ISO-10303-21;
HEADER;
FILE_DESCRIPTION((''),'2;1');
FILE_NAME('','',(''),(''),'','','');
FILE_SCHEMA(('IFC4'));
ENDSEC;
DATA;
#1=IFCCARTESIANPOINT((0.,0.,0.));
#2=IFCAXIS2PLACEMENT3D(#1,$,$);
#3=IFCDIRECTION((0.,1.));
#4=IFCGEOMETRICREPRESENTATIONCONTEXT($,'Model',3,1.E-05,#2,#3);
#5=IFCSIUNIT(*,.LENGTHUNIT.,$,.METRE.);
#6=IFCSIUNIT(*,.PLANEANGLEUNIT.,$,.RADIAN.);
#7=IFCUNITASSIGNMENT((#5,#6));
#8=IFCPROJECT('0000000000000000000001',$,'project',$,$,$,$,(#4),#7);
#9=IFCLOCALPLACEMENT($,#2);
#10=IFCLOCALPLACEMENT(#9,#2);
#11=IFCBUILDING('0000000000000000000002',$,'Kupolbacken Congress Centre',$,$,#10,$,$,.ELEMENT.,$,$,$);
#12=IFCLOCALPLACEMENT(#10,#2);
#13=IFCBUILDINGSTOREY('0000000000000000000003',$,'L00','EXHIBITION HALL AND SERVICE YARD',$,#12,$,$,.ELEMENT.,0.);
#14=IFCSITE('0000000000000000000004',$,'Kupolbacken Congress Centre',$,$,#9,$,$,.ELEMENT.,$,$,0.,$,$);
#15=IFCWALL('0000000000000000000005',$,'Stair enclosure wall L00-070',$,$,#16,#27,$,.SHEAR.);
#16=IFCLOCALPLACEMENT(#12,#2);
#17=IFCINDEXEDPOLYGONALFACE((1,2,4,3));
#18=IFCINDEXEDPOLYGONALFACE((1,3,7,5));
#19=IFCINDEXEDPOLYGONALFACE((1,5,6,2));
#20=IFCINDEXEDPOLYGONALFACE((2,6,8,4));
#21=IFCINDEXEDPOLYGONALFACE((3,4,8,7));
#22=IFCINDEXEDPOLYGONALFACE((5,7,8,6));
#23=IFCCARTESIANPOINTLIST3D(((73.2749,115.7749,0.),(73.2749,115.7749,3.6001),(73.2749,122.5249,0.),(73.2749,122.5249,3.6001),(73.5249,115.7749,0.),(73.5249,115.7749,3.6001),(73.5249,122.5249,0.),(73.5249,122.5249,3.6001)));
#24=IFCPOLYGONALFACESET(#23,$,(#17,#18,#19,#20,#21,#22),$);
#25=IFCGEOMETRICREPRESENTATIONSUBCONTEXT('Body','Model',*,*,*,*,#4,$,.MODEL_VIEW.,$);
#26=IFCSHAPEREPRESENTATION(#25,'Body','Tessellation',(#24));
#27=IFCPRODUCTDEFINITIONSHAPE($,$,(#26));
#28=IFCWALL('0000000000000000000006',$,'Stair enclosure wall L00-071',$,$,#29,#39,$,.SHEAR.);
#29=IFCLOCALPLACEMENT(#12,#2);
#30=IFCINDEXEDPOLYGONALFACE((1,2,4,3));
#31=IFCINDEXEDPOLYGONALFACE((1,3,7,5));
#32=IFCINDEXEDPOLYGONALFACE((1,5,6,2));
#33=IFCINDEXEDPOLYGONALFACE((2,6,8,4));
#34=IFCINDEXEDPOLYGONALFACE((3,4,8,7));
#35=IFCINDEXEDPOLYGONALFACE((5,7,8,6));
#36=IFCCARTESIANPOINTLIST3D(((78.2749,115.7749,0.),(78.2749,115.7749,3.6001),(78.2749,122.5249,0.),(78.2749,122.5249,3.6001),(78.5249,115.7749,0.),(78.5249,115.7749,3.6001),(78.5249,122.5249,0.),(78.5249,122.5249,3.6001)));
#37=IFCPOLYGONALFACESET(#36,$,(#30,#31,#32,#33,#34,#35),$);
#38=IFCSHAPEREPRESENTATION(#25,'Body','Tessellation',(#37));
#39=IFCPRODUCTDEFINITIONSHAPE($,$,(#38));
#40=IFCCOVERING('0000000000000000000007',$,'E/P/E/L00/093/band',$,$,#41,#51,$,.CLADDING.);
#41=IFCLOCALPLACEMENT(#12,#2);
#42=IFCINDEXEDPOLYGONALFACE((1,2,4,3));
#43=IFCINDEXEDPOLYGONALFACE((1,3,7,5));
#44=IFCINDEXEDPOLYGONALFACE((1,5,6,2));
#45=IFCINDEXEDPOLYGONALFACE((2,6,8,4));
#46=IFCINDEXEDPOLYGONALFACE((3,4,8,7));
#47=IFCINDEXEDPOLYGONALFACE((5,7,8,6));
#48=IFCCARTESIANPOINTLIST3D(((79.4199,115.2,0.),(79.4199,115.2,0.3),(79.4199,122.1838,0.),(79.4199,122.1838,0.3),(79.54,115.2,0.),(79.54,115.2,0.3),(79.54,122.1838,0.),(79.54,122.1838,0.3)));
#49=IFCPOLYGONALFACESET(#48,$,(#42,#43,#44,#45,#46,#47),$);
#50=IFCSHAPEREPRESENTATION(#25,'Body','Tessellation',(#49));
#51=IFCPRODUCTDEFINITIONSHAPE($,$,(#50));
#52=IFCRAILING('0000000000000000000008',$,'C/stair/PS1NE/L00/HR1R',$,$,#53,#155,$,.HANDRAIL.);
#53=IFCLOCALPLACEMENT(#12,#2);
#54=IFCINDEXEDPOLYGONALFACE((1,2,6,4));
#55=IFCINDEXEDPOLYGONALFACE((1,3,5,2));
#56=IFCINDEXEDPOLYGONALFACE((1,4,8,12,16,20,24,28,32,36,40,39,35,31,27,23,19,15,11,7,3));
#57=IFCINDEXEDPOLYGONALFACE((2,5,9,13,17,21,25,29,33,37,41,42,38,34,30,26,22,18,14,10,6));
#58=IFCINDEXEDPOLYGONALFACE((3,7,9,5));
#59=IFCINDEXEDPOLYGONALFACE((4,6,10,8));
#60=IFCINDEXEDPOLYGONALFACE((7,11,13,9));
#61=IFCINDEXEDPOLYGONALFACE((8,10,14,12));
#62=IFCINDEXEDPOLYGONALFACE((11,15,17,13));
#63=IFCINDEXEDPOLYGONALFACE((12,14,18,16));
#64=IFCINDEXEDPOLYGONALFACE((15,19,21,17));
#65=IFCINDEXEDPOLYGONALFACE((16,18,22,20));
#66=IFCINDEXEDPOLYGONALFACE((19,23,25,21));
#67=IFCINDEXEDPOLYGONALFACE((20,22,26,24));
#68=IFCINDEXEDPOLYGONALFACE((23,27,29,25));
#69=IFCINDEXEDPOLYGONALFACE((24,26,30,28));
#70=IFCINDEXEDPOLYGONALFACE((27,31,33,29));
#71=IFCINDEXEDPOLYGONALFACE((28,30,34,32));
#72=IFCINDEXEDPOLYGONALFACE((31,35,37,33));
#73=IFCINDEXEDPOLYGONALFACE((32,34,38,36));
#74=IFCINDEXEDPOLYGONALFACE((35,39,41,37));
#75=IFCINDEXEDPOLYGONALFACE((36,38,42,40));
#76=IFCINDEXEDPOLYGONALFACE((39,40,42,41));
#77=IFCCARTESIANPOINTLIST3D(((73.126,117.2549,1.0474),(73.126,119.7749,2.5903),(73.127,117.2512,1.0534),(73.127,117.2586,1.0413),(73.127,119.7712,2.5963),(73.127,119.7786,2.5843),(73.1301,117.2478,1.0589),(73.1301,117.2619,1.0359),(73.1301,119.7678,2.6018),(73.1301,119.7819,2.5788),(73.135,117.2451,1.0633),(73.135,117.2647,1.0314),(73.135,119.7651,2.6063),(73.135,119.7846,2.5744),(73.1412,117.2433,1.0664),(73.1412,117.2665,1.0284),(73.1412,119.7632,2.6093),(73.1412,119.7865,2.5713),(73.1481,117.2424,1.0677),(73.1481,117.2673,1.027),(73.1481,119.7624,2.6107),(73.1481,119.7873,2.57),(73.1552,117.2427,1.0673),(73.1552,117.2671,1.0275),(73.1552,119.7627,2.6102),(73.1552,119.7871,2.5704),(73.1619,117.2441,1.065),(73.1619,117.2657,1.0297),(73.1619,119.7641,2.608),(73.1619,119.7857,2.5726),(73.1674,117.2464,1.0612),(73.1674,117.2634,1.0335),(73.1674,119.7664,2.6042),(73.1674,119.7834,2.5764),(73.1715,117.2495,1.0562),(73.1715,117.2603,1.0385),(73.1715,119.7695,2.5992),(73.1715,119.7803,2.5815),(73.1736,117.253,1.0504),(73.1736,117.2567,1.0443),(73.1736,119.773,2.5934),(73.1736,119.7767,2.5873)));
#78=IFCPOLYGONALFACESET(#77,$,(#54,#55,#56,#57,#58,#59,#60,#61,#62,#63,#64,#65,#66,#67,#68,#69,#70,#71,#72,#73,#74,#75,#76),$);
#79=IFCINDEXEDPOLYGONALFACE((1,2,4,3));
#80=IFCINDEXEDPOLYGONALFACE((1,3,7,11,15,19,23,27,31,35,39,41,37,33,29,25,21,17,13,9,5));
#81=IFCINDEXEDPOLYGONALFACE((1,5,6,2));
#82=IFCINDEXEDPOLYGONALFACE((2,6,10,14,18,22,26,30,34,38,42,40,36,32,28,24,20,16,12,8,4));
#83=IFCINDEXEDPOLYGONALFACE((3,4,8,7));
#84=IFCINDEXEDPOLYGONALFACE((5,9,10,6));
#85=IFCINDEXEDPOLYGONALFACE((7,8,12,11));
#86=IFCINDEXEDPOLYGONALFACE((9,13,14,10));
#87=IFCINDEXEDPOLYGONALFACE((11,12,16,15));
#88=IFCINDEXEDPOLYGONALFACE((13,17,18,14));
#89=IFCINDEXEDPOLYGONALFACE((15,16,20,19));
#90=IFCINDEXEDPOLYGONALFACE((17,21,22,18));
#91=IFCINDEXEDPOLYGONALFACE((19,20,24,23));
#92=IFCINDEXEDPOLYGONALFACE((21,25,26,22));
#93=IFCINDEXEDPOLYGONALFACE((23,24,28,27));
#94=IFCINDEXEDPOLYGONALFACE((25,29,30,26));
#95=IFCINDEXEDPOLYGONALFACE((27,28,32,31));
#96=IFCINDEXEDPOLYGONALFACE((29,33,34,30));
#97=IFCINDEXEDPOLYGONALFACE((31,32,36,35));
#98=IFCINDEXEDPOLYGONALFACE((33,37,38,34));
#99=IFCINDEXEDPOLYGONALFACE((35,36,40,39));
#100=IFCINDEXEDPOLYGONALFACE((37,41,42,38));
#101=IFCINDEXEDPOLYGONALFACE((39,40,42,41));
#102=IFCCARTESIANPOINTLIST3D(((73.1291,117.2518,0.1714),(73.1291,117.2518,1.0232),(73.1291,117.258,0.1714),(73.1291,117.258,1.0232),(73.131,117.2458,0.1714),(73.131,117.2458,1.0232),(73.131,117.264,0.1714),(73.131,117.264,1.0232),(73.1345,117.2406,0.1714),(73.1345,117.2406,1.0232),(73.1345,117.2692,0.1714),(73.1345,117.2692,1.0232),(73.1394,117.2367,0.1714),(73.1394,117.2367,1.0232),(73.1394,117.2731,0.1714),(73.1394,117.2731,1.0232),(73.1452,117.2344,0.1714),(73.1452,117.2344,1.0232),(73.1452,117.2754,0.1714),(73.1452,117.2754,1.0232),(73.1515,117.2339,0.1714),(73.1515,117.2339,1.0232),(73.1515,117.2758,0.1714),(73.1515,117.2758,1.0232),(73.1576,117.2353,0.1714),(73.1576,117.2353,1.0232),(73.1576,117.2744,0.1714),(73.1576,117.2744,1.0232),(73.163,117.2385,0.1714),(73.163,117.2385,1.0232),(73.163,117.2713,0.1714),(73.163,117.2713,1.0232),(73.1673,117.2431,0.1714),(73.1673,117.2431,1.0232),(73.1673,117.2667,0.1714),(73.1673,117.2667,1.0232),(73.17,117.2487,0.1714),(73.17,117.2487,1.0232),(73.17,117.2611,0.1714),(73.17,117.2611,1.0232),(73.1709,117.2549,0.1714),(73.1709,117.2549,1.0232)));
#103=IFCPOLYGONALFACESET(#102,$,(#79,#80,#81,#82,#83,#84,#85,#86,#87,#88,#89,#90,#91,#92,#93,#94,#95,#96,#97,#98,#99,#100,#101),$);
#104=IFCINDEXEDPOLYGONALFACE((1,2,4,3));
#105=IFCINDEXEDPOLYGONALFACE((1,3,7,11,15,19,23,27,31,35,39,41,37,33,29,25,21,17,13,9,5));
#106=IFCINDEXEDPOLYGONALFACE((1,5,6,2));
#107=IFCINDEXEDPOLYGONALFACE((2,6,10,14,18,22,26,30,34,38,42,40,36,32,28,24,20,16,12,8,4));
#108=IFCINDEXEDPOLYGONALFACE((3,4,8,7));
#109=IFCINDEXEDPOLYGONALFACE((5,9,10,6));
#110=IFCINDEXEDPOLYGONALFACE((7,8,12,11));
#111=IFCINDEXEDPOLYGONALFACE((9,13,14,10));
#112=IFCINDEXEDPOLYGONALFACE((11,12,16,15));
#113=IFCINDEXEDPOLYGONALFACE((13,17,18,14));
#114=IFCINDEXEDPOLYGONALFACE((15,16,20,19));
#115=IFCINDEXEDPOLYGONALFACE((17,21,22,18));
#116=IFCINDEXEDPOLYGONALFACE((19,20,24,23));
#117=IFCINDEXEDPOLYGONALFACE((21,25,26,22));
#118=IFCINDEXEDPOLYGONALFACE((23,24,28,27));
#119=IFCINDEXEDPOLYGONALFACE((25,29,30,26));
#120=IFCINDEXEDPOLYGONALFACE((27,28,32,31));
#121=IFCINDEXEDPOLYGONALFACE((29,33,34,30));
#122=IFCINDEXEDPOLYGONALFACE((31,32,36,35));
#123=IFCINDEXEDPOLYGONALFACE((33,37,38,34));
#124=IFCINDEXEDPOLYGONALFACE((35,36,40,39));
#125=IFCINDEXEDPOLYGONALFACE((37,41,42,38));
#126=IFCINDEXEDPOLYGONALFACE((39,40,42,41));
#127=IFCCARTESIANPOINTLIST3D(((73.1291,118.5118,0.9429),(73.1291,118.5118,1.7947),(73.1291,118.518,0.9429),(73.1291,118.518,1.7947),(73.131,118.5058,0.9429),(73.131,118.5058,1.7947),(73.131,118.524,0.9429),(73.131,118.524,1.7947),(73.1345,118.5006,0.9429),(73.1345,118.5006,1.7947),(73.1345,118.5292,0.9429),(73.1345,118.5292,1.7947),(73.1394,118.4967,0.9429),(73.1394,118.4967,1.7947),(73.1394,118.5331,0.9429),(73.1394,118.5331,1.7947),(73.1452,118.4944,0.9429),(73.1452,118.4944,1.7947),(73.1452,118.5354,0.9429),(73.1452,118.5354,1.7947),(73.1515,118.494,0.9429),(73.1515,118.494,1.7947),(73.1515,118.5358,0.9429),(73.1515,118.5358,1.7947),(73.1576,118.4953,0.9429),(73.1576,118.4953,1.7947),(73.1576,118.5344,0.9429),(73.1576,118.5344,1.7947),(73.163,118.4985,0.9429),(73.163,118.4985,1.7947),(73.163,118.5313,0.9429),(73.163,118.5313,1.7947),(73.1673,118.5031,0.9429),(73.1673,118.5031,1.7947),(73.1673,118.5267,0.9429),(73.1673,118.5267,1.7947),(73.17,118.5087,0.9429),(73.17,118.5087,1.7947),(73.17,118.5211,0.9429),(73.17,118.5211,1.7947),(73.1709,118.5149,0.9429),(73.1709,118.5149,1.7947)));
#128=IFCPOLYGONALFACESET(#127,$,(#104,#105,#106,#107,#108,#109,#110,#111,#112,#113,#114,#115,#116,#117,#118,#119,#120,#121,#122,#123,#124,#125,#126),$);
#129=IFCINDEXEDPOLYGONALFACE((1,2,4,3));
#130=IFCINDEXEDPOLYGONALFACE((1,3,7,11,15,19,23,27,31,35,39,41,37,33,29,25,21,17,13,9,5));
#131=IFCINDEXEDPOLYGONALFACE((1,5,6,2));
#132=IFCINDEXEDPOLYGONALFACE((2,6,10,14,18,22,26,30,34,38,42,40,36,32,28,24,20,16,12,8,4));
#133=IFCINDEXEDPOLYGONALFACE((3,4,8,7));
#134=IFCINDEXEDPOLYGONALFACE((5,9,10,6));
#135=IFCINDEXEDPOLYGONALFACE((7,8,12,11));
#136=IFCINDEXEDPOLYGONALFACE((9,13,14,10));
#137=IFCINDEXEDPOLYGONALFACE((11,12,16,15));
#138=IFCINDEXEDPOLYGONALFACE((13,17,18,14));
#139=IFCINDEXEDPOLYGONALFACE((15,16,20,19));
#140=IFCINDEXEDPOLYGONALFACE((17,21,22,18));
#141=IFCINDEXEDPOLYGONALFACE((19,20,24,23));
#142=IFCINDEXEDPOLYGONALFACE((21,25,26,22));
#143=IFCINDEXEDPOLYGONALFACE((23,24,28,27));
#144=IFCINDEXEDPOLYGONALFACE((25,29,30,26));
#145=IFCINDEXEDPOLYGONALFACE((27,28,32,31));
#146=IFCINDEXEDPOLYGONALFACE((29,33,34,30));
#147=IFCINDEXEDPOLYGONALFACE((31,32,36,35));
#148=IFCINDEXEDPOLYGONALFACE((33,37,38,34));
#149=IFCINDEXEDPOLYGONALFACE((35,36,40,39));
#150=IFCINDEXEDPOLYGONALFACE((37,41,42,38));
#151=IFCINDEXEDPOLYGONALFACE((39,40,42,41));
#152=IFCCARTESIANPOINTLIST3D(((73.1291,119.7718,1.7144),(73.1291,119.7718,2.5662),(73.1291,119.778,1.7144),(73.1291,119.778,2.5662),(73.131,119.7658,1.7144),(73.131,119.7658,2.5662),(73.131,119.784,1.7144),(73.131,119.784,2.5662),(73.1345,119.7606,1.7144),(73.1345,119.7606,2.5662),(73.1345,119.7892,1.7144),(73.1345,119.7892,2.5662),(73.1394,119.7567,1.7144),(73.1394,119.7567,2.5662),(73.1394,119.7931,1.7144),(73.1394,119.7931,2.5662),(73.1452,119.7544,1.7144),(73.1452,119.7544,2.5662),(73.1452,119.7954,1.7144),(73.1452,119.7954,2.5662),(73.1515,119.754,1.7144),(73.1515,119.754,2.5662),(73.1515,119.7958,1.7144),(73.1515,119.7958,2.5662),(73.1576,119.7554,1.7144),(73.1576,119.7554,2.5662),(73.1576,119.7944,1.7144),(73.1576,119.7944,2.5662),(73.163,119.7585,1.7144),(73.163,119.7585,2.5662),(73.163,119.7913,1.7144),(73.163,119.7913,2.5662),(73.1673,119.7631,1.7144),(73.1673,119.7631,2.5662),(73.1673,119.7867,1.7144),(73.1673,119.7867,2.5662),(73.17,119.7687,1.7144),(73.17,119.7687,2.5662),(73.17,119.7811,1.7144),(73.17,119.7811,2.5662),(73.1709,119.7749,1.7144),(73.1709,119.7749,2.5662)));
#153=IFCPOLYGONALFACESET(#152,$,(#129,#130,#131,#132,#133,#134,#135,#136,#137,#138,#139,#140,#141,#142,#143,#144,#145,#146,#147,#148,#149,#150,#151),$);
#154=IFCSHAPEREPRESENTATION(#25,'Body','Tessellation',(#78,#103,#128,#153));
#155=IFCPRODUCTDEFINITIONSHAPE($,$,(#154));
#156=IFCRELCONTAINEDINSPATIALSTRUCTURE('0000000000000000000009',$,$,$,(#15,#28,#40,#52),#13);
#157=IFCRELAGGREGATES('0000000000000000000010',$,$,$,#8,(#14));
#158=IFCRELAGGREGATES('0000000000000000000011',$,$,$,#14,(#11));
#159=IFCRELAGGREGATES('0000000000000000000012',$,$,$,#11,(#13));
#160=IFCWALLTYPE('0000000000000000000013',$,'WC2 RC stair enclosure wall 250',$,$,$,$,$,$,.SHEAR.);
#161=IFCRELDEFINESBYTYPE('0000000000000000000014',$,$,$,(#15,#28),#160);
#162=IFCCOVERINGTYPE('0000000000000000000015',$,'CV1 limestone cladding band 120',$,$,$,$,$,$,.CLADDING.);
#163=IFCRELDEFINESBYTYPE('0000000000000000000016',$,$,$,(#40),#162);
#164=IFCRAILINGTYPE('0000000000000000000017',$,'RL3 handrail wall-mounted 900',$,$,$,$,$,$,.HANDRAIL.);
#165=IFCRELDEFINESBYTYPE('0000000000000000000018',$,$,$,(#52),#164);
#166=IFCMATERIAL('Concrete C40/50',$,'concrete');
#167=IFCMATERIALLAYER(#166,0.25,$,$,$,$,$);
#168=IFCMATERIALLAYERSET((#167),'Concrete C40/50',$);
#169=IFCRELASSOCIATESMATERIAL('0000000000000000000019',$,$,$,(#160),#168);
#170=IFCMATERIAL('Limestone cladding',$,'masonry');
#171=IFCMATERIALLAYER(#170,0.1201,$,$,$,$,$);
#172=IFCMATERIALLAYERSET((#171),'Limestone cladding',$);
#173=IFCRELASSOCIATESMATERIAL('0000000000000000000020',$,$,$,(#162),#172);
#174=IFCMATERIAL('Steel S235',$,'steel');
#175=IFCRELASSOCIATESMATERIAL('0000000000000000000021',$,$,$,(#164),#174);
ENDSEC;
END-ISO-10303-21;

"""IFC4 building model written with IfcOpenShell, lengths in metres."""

from ifc_helpers import new_model, si_unit, direction, frame, frame_2d, origin, origin_2d, place, context, subcontext, project, spatial, rectangle, circle, extrude, material, layer, layer_set, type_object, element, save


model = new_model("IFC4")

# Units and contexts
model_context = context("Model", 3, precision=1e-05, world=origin(), true_north=direction((0.0, 1.0)))
body_context = subcontext(model_context, "Body", "Model", "MODEL_VIEW")
ifc_project = project(units=[si_unit("LENGTHUNIT", "METRE"), si_unit("PLANEANGLEUNIT", "RADIAN")], contexts=[model_context])

# Site, building, storey
site_placement = place(None, origin())
site = spatial("IfcSite", under=ifc_project, at=site_placement, Name="Kupolbacken Congress Centre", CompositionType="ELEMENT", RefElevation=0.0)
building_placement = place(site_placement, origin())
building = spatial("IfcBuilding", under=site, at=building_placement, Name="Kupolbacken Congress Centre", CompositionType="ELEMENT")
storey_placement = place(building_placement, origin())
storey = spatial("IfcBuildingStorey", under=building, at=storey_placement, Name="L00", Description="EXHIBITION HALL AND SERVICE YARD", CompositionType="ELEMENT", Elevation=0.0)

# Shared definitions
ifc_material_1 = material(Name="Concrete C40/50", Category="concrete")
ifc_layer_1 = layer(ifc_material_1, 0.25)
ifc_layer_set_1 = layer_set([ifc_layer_1], Name="Concrete C40/50")
wall_type_1 = type_object("IfcWallType", Name="WC2 RC stair enclosure wall 250", PredefinedType="SHEAR", material=ifc_layer_set_1)

# Walls
for number, where, z_axis, x_axis, name in (
    (1, (73.3999, 115.7749, 0.0), (0.0, 0.0, 1.0), (0.0, 1.0, 0.0), "Stair enclosure wall L00-070"),
    (2, (78.3999, 115.7749, 0.0), (0.0, 0.0, 1.0), (0.0, 1.0, 0.0), "Stair enclosure wall L00-071"),
):
    element("IfcWall", number, at=place(storey_placement, frame(where, z_axis=z_axis, x_axis=x_axis)), inside=storey, type_object=wall_type_1, Name=name, PredefinedType="SHEAR", context=body_context, shape_type="SweptSolid", body=[
        extrude(rectangle(XDim=6.75, YDim=0.25, at=frame_2d((3.375, 0.0))), origin(), (0.0, 0.0, 1.0), 3.6001),
    ])

# Covering
ifc_material_2 = material(Name="Limestone cladding", Category="masonry")
ifc_layer_2 = layer(ifc_material_2, 0.1201)
ifc_layer_set_2 = layer_set([ifc_layer_2], Name="Limestone cladding")
covering_type = type_object("IfcCoveringType", Name="CV1 limestone cladding band 120", PredefinedType="CLADDING", material=ifc_layer_set_2)
covering_placement = place(storey_placement, frame((79.48, 118.6919, 0.0), z_axis=(0.0, 0.0, 1.0), x_axis=(0.0, 1.0, 0.0)))
element("IfcCovering", 3, at=covering_placement, inside=storey, type_object=covering_type, Name="E/P/E/L00/093/band", PredefinedType="CLADDING", context=body_context, shape_type="SweptSolid", body=[
    extrude(rectangle(XDim=6.9839, YDim=0.1201, at=origin_2d()), origin(), (0.0, 0.0, 1.0), 0.3),
])

# Railing
ifc_material_3 = material(Name="Steel S235", Category="steel")
railing_type = type_object("IfcRailingType", Name="RL3 handrail wall-mounted 900", PredefinedType="HANDRAIL", material=ifc_material_3)
for number, where, name in (
    (4, (73.1499, 117.2549, 0.1714), "C/stair/PS1NE/L00/HR1R"),
):
    element("IfcRailing", number, at=place(storey_placement, frame(where)), inside=storey, type_object=railing_type, Name=name, PredefinedType="HANDRAIL", context=body_context, shape_type="SweptSolid", body=[
        extrude(circle(Radius=0.0239, at=origin_2d()), frame((0.0, 0.0, 0.876), z_axis=(0.0, 0.852836, 0.522178), x_axis=(-1.0, 0.0, 0.0)), (0.0, 0.0, 1.0), 2.9548),
        extrude(circle(Radius=0.021, at=origin_2d()), origin(), (0.0, 0.0, 1.0), 0.8518),
        extrude(circle(Radius=0.021, at=origin_2d()), frame((0.0, 1.26, 0.7715)), (0.0, 0.0, 1.0), 0.8518),
        extrude(circle(Radius=0.021, at=origin_2d()), frame((0.0, 2.52, 1.543)), (0.0, 0.0, 1.0), 0.8518),
    ])

save(model, "model.ifc")
